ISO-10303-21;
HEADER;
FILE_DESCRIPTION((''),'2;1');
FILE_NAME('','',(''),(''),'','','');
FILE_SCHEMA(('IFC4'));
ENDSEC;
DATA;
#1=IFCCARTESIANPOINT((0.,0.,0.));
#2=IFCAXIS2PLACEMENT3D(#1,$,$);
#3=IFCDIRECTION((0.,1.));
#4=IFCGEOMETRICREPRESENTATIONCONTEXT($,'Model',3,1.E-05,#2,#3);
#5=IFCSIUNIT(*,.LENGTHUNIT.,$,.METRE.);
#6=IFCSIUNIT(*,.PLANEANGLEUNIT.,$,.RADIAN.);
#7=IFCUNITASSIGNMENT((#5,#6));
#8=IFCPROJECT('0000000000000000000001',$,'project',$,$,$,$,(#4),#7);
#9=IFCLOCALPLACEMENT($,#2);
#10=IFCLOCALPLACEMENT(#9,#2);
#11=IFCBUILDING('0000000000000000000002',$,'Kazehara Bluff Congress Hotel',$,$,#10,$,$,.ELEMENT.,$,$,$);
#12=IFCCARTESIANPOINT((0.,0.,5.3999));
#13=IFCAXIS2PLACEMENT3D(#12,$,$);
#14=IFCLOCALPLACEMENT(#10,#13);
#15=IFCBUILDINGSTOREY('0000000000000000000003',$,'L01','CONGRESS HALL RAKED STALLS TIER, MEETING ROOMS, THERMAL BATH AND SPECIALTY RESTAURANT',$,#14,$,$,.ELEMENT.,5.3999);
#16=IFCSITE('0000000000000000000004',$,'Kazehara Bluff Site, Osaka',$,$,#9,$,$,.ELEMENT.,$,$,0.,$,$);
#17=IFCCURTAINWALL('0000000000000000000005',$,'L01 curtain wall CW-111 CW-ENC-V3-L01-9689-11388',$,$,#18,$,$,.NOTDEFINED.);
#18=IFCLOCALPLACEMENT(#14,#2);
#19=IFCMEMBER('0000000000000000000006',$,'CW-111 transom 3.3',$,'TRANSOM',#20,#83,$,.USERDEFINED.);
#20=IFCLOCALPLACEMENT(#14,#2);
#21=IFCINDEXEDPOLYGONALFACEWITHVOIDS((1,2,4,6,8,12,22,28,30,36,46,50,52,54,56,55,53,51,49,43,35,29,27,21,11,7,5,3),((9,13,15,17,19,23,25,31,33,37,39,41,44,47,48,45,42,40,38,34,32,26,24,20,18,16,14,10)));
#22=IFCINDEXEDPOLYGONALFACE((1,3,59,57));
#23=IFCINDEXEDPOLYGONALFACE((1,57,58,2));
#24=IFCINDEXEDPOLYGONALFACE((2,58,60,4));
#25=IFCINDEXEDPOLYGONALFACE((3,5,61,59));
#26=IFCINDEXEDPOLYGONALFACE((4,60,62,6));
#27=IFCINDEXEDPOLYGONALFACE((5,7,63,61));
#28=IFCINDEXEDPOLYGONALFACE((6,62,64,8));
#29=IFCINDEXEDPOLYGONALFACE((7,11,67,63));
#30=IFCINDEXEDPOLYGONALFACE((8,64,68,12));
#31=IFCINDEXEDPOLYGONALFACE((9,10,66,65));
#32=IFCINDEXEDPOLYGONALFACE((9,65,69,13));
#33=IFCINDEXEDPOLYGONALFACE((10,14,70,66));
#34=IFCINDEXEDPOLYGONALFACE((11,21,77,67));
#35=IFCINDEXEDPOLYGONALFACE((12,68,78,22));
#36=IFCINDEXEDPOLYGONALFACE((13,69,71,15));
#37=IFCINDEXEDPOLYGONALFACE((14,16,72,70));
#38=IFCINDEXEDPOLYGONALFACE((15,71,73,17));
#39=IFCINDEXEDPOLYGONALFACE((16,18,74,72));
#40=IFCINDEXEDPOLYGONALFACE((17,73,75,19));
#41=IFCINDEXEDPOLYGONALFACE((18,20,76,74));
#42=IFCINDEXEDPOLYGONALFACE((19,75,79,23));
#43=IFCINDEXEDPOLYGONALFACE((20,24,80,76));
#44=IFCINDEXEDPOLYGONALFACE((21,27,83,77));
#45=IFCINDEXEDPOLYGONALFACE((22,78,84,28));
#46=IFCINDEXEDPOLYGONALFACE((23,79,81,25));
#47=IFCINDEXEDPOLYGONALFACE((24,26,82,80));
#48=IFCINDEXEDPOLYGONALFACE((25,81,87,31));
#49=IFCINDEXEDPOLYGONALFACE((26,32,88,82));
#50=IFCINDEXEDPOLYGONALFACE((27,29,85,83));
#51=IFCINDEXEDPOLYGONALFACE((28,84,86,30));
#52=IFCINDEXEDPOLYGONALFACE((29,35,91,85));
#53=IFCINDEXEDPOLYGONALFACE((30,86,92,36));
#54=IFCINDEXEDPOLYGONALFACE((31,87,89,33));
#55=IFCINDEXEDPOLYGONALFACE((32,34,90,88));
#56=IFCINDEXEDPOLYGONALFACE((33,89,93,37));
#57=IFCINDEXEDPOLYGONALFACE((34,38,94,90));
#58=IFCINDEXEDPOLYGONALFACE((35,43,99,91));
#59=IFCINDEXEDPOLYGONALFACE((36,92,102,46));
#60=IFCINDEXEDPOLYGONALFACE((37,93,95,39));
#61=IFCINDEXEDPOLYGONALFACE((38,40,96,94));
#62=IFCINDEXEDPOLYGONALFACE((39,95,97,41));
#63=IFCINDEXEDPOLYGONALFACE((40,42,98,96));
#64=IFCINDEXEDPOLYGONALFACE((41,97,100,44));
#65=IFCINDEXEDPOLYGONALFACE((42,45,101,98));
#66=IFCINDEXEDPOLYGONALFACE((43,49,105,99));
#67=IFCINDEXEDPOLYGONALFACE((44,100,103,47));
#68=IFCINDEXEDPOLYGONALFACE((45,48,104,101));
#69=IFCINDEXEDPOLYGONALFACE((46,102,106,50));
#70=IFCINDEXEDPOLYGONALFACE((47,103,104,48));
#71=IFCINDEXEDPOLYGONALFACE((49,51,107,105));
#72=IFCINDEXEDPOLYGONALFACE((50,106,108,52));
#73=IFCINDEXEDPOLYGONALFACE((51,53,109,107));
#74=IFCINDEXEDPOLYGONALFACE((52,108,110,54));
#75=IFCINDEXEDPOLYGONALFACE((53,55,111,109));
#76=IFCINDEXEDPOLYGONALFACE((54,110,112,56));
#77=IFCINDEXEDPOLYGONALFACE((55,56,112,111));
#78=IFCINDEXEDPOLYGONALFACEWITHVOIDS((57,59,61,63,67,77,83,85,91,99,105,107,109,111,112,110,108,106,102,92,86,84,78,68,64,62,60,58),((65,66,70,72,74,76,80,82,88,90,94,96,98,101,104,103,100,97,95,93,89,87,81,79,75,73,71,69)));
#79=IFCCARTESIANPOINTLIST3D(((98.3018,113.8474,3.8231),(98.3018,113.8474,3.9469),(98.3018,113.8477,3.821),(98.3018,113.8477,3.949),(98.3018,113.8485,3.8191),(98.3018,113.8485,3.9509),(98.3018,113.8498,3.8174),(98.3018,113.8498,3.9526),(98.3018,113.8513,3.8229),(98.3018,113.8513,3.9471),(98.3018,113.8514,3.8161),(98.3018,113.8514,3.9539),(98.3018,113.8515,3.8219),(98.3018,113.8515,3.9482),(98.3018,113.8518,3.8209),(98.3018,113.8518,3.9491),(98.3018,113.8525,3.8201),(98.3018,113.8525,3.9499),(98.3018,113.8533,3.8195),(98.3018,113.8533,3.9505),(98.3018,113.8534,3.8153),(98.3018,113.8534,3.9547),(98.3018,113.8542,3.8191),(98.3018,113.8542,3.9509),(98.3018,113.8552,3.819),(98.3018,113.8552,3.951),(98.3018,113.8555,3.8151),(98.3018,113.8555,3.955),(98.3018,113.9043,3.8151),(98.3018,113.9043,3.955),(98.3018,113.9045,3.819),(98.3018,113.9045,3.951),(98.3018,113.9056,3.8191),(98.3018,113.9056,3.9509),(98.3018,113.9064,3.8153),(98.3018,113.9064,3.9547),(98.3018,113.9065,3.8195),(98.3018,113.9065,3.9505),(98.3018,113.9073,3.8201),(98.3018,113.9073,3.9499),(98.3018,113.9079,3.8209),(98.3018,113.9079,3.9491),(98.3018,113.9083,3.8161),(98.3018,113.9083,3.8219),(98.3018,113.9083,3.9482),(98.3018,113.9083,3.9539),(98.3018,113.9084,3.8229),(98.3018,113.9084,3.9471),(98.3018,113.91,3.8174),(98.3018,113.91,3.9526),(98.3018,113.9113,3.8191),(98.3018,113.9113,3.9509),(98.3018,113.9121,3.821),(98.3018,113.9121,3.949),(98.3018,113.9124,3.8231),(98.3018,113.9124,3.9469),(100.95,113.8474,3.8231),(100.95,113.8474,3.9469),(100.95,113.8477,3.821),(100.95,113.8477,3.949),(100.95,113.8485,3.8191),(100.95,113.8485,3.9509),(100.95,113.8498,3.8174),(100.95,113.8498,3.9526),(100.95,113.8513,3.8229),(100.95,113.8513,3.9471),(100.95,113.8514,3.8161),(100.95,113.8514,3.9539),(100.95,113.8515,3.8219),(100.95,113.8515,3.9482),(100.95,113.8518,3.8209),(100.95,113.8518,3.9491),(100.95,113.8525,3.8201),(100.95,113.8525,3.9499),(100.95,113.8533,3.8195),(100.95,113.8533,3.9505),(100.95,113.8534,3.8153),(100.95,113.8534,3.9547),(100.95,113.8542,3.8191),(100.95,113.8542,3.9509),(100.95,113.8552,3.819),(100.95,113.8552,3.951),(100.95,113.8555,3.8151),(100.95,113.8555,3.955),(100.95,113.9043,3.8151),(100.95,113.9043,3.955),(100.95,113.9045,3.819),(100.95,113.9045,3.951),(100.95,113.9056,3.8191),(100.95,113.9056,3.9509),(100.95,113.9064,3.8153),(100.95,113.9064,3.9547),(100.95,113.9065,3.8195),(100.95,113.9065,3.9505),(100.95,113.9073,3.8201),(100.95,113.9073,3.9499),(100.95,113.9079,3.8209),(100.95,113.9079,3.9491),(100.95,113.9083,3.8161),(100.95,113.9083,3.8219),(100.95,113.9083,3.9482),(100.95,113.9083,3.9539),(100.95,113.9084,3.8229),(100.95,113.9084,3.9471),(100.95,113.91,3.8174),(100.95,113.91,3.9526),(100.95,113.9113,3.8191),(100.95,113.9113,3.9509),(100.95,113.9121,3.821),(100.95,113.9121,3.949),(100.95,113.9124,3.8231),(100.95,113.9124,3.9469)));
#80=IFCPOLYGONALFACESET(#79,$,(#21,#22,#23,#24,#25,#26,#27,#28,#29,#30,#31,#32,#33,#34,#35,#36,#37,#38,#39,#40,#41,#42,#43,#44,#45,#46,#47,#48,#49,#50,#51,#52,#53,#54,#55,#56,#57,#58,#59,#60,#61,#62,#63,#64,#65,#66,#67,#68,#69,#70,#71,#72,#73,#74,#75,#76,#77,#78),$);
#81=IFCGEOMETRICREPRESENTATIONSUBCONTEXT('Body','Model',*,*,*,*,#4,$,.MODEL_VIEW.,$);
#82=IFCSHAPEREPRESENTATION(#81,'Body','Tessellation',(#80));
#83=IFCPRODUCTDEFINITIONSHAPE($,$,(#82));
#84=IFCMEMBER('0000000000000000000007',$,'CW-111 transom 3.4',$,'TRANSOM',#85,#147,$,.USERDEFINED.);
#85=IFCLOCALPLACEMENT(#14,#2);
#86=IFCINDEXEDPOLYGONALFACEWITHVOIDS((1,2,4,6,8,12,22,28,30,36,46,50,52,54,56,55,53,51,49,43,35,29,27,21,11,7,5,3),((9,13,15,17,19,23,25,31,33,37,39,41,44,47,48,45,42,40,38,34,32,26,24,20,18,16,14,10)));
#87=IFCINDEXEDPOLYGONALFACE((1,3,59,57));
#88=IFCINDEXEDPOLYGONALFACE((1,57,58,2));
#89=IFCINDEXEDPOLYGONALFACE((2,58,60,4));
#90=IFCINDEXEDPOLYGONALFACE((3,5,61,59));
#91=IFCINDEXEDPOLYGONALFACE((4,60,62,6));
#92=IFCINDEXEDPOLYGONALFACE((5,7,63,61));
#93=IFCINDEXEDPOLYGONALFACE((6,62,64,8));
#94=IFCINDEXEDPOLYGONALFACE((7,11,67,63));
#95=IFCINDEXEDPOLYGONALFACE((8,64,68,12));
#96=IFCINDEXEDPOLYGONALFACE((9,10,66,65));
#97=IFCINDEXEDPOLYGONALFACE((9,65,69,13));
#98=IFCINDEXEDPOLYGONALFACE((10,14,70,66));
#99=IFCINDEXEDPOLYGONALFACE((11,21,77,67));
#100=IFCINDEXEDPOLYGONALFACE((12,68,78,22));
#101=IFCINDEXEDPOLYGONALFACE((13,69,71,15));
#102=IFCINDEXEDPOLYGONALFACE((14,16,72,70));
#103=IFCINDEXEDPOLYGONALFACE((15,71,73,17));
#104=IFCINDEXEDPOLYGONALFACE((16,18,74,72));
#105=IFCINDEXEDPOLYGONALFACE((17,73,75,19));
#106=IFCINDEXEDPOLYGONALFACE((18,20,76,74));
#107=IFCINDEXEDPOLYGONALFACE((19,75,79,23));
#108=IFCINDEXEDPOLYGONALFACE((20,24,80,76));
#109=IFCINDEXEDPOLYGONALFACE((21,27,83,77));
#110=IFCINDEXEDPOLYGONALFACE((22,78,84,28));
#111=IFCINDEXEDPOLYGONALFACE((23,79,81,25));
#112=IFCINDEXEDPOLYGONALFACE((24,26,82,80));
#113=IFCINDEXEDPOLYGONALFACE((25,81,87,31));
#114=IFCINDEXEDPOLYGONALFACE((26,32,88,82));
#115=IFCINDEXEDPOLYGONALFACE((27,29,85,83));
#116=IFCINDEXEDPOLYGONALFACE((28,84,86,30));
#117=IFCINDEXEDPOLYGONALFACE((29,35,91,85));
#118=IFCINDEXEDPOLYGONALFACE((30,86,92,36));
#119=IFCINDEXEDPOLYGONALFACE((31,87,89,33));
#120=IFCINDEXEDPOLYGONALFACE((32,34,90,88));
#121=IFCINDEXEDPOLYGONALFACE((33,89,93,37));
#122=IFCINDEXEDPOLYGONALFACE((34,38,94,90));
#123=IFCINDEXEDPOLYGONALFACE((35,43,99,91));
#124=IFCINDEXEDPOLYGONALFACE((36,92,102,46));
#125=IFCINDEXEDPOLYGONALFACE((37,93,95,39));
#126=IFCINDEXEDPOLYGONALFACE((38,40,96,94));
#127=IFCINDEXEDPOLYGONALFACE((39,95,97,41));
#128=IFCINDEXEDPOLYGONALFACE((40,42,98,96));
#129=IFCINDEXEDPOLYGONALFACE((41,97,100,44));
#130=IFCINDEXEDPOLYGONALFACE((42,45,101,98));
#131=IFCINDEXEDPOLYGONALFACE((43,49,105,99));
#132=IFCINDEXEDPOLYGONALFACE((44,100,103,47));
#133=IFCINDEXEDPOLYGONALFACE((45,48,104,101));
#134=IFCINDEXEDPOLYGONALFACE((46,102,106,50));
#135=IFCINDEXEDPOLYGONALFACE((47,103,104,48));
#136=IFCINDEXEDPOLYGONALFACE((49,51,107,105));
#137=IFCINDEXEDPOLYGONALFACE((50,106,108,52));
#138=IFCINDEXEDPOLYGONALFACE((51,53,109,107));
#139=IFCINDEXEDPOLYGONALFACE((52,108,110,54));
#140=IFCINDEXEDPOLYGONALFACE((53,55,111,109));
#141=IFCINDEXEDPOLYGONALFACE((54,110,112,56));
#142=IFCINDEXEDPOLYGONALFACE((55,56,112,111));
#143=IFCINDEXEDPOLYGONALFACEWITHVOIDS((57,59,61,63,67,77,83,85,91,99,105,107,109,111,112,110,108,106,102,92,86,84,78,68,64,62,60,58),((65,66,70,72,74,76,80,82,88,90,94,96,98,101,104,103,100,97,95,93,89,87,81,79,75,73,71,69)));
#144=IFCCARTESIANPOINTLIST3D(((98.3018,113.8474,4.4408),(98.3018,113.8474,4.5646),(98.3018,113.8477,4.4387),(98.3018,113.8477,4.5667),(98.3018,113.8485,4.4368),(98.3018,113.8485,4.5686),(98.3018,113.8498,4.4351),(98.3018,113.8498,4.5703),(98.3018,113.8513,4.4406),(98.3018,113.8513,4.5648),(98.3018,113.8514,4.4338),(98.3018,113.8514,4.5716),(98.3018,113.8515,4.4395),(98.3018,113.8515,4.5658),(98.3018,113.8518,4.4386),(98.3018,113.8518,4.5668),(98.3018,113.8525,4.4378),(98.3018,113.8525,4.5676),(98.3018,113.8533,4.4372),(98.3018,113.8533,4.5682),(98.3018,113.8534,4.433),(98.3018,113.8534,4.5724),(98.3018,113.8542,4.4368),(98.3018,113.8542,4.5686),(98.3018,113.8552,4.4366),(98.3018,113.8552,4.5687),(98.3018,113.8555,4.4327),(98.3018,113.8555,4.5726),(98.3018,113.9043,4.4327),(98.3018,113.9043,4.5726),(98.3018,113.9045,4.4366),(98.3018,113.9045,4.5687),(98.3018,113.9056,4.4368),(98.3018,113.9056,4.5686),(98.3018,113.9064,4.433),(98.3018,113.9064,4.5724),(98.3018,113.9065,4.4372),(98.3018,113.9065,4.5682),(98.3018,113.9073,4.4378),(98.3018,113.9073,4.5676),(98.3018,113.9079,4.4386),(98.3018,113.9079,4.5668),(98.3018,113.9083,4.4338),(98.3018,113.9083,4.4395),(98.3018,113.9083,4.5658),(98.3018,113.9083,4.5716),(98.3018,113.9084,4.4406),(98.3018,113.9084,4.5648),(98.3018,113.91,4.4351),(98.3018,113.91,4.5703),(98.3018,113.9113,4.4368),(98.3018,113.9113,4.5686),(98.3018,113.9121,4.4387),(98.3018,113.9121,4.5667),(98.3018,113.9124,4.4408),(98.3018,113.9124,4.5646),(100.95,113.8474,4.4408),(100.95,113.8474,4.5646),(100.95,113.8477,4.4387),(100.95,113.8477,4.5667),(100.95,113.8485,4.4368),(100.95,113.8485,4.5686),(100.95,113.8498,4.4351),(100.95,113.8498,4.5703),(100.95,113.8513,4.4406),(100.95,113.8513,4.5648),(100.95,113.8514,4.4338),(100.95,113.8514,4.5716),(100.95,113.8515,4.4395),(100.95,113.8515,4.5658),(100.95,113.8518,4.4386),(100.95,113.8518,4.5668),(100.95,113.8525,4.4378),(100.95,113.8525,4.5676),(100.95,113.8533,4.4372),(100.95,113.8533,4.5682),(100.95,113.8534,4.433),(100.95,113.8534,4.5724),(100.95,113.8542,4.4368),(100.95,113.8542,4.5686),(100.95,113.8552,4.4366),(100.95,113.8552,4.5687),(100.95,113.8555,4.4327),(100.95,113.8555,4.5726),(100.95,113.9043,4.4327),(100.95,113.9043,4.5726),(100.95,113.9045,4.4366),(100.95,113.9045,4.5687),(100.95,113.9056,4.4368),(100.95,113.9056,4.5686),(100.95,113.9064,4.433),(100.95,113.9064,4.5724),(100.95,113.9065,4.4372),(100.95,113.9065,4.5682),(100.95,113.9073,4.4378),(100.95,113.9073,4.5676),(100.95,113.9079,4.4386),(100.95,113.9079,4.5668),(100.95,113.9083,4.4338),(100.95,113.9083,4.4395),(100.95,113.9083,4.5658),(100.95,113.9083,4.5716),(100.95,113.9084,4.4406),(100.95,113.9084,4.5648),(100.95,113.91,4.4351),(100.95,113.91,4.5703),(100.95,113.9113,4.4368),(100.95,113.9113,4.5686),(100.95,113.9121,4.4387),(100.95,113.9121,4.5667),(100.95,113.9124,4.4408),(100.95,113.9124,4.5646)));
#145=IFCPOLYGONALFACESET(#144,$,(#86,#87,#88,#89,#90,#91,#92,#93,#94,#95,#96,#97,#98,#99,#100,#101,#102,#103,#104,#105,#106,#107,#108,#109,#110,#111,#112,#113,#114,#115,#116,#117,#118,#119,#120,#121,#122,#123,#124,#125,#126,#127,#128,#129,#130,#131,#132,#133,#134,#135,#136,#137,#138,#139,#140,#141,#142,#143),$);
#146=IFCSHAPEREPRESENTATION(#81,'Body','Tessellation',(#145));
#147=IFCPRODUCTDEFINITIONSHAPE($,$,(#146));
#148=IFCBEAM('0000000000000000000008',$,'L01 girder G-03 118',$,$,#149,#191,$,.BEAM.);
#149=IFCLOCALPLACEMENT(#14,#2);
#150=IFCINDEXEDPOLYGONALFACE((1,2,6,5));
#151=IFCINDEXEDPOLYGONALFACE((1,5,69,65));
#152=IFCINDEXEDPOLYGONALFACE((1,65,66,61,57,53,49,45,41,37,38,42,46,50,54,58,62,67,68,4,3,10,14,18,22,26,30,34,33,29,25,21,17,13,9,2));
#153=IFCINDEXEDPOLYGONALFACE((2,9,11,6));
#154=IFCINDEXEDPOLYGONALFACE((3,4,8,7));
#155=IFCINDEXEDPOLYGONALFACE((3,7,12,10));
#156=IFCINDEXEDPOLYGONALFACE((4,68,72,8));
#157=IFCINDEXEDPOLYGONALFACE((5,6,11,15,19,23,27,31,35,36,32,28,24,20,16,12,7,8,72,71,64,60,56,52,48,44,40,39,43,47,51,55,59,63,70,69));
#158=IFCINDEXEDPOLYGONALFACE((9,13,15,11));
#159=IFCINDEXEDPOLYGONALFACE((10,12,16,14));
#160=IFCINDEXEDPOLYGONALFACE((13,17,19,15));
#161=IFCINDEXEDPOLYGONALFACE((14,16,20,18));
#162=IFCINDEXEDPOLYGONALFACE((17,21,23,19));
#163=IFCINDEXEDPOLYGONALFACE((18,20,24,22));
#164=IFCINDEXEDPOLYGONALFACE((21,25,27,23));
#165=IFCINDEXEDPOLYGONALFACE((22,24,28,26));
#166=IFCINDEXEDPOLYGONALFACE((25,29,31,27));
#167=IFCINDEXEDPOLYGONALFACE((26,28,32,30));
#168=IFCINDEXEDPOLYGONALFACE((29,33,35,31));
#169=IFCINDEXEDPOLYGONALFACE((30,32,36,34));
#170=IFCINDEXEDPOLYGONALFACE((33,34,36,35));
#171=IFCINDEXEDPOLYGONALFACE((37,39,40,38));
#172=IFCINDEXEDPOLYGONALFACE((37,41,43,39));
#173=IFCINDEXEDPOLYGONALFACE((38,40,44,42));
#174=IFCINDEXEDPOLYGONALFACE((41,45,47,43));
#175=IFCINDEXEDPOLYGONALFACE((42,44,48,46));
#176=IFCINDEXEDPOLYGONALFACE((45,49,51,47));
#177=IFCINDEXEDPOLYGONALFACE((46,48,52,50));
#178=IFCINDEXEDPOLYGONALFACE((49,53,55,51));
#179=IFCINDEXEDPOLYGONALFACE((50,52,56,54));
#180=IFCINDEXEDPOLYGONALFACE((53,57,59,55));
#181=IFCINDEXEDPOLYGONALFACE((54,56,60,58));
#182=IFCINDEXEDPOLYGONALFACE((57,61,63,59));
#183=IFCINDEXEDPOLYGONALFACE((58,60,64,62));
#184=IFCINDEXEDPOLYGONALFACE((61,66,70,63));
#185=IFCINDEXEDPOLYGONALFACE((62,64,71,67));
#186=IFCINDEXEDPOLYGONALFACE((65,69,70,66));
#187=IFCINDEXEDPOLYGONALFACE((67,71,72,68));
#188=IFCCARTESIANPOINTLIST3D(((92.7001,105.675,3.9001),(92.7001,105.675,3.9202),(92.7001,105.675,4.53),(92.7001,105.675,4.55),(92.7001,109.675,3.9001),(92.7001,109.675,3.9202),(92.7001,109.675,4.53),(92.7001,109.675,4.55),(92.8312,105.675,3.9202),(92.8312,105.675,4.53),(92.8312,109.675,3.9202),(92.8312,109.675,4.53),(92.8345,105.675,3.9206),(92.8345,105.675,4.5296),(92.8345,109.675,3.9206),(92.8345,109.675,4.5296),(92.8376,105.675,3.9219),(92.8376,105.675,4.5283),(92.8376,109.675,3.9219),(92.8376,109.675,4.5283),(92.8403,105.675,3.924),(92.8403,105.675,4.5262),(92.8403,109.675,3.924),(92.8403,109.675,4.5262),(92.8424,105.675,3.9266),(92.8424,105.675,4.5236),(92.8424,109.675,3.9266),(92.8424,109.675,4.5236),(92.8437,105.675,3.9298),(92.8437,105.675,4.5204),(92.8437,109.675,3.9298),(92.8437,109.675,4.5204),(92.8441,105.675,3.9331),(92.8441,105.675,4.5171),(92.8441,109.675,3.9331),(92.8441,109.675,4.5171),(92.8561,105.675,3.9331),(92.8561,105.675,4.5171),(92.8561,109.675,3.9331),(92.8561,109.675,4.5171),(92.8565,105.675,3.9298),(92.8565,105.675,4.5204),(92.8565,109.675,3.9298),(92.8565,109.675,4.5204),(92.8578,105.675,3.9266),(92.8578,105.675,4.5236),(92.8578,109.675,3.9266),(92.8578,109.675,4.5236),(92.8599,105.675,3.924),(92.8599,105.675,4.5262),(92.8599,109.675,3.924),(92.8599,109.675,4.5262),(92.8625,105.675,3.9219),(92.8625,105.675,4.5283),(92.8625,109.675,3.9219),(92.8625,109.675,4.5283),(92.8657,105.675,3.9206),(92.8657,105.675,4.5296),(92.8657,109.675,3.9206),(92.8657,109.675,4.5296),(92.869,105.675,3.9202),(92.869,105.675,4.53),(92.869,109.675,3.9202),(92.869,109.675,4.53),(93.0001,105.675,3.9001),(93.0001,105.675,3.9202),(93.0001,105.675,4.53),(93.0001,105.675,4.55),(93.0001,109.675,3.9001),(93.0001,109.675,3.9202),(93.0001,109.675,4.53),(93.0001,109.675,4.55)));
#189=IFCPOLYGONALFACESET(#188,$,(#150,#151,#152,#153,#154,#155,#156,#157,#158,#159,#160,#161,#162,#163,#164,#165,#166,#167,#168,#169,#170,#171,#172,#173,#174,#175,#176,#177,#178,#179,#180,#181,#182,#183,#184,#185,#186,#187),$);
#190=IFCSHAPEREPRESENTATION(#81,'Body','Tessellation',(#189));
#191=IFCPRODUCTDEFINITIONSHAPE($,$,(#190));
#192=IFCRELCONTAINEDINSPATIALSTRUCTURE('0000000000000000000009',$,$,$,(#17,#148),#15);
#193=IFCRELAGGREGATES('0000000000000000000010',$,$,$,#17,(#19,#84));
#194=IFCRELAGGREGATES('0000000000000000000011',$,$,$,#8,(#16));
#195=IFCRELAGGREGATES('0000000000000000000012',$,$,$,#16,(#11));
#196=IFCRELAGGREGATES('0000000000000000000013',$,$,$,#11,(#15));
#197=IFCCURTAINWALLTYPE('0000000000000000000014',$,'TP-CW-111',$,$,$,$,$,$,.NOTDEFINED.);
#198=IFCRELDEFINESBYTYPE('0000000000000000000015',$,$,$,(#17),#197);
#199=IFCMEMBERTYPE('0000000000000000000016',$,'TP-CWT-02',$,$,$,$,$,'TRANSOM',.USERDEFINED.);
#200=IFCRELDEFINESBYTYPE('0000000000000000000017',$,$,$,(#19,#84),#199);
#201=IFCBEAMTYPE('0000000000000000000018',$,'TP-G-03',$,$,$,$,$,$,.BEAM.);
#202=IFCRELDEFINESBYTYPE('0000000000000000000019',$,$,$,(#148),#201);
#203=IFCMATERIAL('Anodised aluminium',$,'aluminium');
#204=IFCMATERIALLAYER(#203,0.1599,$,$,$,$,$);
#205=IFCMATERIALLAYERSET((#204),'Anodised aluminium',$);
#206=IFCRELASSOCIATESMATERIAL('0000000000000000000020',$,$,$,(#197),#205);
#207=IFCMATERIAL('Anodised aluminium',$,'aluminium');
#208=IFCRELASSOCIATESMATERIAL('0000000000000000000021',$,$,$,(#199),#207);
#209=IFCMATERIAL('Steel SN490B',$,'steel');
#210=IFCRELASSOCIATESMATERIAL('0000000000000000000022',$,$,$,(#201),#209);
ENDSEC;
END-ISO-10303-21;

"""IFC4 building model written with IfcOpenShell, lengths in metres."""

from ifc_helpers import new_model, si_unit, direction, frame, origin, origin_2d, place, context, subcontext, project, spatial, hollow_rectangle, i_section, extrude, material, layer, layer_set, material_profile, profile_set, type_object, element, aggregate, save


model = new_model("IFC4")

# Units and contexts
model_context = context("Model", 3, precision=1e-05, world=origin(), true_north=direction((0.0, 1.0)))
body_context = subcontext(model_context, "Body", "Model", "MODEL_VIEW")
ifc_project = project(units=[si_unit("LENGTHUNIT", "METRE"), si_unit("PLANEANGLEUNIT", "RADIAN")], contexts=[model_context])

# Site, building, storey
site_placement = place(None, origin())
site = spatial("IfcSite", under=ifc_project, at=site_placement, Name="Kazehara Bluff Site, Osaka", CompositionType="ELEMENT", RefElevation=0.0)
building_placement = place(site_placement, origin())
building = spatial("IfcBuilding", under=site, at=building_placement, Name="Kazehara Bluff Congress Hotel", CompositionType="ELEMENT")
storey_placement = place(building_placement, frame((0.0, 0.0, 5.3999)))
storey = spatial("IfcBuildingStorey", under=building, at=storey_placement, Name="L01", Description="CONGRESS HALL RAKED STALLS TIER, MEETING ROOMS, THERMAL BATH AND SPECIALTY RESTAURANT", CompositionType="ELEMENT", Elevation=5.3999)

# Curtain wall, members
ifc_material_1 = material(Name="Anodised aluminium", Category="aluminium")
ifc_layer_1 = layer(ifc_material_1, 0.1599)
ifc_layer_set_1 = layer_set([ifc_layer_1], Name="Anodised aluminium")
curtain_wall_type = type_object("IfcCurtainWallType", Name="TP-CW-111", PredefinedType="NOTDEFINED", material=ifc_layer_set_1)
curtain_wall_placement = place(storey_placement, origin())
curtain_wall = element("IfcCurtainWall", 1, at=curtain_wall_placement, inside=storey, type_object=curtain_wall_type, Name="L01 curtain wall CW-111 CW-ENC-V3-L01-9689-11388", PredefinedType="NOTDEFINED")
ifc_material_2 = material(Name="Anodised aluminium", Category="aluminium")
ifc_material_profile_1 = material_profile(ifc_material_2, hollow_rectangle(XDim=0.0649, YDim=0.1399, WallThickness=0.0039, InnerFilletRadius=0.0039, OuterFilletRadius=0.0081, at=origin_2d()))
ifc_profile_set_1 = profile_set([ifc_material_profile_1], Name="Anodised aluminium")
member_type_1 = type_object("IfcMemberType", Name="TP-CWT-02", ElementType="TRANSOM", PredefinedType="USERDEFINED", material=ifc_profile_set_1)
member_1_placement = place(storey_placement, frame((98.3018, 113.8799, 3.885), z_axis=(1.0, 0.0, 0.0), x_axis=(0.0, 1.0, 0.0)))
member_1 = element("IfcMember", 2, at=member_1_placement, type_object=member_type_1, Name="CW-111 transom 3.3", ObjectType="TRANSOM", PredefinedType="USERDEFINED", context=body_context, shape_type="SweptSolid", body=[
    extrude(hollow_rectangle(XDim=0.0649, YDim=0.1399, WallThickness=0.0039, InnerFilletRadius=0.0039, OuterFilletRadius=0.0081, at=origin_2d()), origin(), (0.0, 0.0, 1.0), 2.6482),
])
member_2_placement = place(storey_placement, frame((98.3018, 113.8799, 4.5027), z_axis=(1.0, 0.0, 0.0), x_axis=(0.0, 1.0, 0.0)))
member_2 = element("IfcMember", 3, at=member_2_placement, type_object=member_type_1, Name="CW-111 transom 3.4", ObjectType="TRANSOM", PredefinedType="USERDEFINED", context=body_context, shape_type="SweptSolid", body=[
    extrude(hollow_rectangle(XDim=0.0649, YDim=0.1399, WallThickness=0.0039, InnerFilletRadius=0.0039, OuterFilletRadius=0.0081, at=origin_2d()), origin(), (0.0, 0.0, 1.0), 2.6482),
])

# Beam
ifc_material_3 = material(Name="Steel SN490B", Category="steel")
ifc_material_profile_2 = material_profile(ifc_material_3, i_section(OverallWidth=0.3, OverallDepth=0.6499, WebThickness=0.012, FlangeThickness=0.02, FilletRadius=0.0129, at=origin_2d()))
ifc_profile_set_2 = profile_set([ifc_material_profile_2], Name="Steel SN490B")
beam_type_1 = type_object("IfcBeamType", Name="TP-G-03", PredefinedType="BEAM", material=ifc_profile_set_2)
beam_placement = place(storey_placement, frame((92.8501, 105.675, 4.2251), z_axis=(0.0, 1.0, 0.0), x_axis=(-1.0, 0.0, 0.0)))
element("IfcBeam", 4, at=beam_placement, inside=storey, type_object=beam_type_1, Name="L01 girder G-03 118", PredefinedType="BEAM", context=body_context, shape_type="SweptSolid", body=[
    extrude(i_section(OverallWidth=0.3, OverallDepth=0.6499, WebThickness=0.012, FlangeThickness=0.02, FilletRadius=0.0129, at=origin_2d()), origin(), (0.0, 0.0, 1.0), 4.0),
])

aggregate(curtain_wall, [member_1, member_2])

save(model, "model.ifc")
